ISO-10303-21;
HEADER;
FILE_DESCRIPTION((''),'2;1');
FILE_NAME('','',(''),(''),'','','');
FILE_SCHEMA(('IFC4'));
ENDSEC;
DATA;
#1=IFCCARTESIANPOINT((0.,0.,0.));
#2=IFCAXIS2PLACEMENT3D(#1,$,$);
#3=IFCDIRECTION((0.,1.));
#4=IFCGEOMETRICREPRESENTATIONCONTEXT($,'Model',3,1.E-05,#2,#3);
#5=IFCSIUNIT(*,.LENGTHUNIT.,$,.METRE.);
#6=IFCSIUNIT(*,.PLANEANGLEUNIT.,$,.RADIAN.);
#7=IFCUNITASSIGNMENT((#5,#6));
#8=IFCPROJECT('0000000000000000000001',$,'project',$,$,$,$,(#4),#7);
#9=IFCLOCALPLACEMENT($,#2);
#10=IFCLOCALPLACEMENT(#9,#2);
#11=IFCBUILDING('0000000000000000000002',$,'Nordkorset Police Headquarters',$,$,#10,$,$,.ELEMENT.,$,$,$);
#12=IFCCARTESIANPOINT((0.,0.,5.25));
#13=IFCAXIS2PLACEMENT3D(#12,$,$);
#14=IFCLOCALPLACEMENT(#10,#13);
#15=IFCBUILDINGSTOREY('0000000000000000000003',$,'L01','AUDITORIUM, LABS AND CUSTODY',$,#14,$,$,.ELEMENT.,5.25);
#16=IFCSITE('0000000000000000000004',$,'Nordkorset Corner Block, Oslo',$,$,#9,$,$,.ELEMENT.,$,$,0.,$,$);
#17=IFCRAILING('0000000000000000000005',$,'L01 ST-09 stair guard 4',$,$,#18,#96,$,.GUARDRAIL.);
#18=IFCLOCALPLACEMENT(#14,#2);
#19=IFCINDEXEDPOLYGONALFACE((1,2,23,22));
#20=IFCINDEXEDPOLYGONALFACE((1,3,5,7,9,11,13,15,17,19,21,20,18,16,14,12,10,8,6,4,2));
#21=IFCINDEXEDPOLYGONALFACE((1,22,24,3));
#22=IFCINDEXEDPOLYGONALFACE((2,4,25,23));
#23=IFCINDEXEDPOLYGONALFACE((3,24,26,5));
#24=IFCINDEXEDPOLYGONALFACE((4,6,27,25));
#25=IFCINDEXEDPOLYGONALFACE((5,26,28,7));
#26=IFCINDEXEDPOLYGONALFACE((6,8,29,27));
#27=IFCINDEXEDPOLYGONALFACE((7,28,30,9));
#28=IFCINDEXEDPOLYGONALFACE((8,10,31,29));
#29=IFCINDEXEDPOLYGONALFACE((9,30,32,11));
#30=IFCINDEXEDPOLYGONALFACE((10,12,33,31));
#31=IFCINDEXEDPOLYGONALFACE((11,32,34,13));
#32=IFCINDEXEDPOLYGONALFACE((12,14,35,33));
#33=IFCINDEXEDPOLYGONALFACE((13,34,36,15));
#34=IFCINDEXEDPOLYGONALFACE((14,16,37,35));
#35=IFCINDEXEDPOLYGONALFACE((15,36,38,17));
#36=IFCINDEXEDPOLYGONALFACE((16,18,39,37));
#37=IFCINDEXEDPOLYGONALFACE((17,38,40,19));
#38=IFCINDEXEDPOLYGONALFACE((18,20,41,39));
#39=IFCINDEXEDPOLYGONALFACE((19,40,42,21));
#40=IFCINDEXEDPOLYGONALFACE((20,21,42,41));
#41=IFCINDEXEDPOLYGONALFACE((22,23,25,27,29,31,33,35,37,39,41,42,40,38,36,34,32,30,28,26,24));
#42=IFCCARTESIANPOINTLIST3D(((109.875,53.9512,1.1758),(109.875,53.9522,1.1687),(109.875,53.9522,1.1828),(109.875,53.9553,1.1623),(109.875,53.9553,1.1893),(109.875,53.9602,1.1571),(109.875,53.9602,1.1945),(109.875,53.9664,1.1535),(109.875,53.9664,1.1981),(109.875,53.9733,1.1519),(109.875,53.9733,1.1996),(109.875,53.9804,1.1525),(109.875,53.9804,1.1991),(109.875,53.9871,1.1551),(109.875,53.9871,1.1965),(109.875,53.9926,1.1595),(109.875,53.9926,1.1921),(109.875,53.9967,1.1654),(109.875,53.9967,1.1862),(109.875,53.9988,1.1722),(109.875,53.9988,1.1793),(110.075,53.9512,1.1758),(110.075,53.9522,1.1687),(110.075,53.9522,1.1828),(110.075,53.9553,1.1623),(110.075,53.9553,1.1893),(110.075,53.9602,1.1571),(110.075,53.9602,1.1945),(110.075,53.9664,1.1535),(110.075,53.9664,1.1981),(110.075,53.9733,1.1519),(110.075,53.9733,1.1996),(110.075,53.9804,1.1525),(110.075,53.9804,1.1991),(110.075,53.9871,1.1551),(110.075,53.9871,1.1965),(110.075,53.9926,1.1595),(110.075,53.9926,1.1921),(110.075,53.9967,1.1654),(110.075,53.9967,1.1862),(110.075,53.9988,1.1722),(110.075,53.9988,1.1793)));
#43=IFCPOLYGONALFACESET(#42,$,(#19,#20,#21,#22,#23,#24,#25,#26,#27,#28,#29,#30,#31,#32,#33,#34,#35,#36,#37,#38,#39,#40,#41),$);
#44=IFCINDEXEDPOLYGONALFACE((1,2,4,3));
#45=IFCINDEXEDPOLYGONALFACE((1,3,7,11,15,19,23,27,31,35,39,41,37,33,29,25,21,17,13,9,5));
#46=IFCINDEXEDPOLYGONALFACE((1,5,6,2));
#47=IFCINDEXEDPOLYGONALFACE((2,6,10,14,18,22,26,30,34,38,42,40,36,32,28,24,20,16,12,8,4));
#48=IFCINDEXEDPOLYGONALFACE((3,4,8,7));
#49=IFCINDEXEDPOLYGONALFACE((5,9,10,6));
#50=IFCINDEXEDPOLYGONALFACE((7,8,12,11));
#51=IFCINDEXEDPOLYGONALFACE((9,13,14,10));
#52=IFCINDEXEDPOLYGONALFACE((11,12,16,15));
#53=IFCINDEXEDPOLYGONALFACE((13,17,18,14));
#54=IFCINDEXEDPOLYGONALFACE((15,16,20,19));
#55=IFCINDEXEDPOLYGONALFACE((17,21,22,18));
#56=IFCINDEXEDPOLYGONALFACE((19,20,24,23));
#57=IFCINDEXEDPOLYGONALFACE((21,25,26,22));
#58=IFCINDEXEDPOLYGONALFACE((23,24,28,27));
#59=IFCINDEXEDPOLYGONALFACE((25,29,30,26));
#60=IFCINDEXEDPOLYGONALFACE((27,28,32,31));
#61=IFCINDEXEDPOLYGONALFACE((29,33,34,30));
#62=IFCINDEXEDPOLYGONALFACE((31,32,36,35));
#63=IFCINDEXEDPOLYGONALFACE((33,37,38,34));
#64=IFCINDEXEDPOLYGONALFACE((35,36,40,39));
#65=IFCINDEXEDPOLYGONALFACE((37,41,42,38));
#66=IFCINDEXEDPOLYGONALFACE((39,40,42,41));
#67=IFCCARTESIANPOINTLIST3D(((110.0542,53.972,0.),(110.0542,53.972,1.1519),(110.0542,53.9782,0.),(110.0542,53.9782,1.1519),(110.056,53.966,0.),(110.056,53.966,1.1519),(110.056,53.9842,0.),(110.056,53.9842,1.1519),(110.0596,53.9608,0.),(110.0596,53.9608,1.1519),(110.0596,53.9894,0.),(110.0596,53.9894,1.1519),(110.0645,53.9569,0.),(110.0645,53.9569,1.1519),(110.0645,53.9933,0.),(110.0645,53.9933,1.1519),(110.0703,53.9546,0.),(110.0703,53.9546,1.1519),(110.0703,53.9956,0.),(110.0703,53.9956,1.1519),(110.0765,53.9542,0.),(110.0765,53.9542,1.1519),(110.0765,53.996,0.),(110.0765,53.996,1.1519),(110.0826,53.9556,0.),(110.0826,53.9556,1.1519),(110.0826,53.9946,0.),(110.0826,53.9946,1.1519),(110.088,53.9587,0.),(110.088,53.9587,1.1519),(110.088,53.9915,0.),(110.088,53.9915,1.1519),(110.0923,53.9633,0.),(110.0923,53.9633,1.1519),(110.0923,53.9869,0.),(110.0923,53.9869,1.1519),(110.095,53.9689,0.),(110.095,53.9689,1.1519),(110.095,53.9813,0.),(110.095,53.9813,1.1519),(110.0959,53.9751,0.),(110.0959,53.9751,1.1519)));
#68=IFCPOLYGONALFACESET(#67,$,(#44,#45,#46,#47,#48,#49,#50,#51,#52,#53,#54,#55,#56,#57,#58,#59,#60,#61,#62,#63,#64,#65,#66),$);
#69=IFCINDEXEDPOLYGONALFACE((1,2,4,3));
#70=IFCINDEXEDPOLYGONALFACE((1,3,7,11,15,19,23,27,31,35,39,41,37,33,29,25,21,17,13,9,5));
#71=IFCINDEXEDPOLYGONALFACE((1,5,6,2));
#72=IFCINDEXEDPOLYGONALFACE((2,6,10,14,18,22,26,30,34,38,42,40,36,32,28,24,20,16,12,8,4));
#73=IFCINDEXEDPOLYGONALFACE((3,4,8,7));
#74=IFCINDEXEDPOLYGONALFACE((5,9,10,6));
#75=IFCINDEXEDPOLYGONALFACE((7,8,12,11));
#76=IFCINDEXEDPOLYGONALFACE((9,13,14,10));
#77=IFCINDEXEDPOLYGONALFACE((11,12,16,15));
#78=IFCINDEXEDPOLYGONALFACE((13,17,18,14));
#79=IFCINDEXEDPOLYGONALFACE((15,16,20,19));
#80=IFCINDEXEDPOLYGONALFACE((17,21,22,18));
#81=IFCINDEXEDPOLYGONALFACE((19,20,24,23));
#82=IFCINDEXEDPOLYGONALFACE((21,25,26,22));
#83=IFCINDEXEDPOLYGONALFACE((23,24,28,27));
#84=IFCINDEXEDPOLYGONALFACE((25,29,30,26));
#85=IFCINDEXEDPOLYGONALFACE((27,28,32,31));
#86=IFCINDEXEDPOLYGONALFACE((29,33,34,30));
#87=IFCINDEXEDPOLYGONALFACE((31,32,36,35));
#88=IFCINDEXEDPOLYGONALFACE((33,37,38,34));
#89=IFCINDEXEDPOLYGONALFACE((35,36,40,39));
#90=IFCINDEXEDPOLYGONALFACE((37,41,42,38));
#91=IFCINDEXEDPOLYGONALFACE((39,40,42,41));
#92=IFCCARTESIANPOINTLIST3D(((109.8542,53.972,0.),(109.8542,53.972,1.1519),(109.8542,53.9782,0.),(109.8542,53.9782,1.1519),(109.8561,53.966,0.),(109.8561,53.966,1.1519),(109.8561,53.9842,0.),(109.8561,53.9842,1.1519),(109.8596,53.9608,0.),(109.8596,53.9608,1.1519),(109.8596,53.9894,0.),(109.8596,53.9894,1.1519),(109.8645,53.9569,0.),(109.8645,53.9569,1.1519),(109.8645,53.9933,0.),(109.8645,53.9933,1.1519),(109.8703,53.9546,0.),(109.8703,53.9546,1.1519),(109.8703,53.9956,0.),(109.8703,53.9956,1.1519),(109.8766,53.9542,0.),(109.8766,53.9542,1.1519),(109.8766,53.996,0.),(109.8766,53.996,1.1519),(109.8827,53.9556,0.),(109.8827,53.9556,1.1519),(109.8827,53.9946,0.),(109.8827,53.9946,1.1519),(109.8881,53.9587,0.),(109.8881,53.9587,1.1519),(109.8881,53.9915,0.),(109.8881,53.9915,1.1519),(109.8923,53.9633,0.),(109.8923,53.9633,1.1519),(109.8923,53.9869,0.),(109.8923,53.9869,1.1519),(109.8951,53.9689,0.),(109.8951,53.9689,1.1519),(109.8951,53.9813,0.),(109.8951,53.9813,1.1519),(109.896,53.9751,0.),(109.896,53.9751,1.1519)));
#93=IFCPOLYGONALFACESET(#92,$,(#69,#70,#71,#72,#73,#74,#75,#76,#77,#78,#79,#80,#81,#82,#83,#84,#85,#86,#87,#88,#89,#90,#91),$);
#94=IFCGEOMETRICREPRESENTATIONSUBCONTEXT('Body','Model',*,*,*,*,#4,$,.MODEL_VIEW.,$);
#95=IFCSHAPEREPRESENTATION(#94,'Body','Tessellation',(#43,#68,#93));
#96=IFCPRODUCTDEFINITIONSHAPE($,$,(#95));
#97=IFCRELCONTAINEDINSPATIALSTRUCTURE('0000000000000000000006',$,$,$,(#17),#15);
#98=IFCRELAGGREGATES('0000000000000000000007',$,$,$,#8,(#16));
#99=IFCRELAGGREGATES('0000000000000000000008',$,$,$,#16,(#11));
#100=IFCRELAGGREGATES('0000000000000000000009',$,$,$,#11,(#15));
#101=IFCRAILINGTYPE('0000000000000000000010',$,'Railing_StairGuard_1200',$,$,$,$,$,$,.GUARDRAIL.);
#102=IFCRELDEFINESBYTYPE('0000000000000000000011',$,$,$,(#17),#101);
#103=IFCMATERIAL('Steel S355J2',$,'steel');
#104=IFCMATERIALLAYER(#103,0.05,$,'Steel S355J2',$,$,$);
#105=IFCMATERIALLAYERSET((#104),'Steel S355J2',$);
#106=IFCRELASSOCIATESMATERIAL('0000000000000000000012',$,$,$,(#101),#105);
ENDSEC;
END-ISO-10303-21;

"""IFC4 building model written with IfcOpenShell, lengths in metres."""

from ifc_helpers import new_model, si_unit, direction, frame, origin, origin_2d, place, context, subcontext, project, spatial, circle, extrude, material, layer, layer_set, type_object, element, save


model = new_model("IFC4")

# Units and contexts
model_context = context("Model", 3, precision=1e-05, world=origin(), true_north=direction((0.0, 1.0)))
body_context = subcontext(model_context, "Body", "Model", "MODEL_VIEW")
ifc_project = project(units=[si_unit("LENGTHUNIT", "METRE"), si_unit("PLANEANGLEUNIT", "RADIAN")], contexts=[model_context])

# Site, building, storey
site_placement = place(None, origin())
site = spatial("IfcSite", under=ifc_project, at=site_placement, Name="Nordkorset Corner Block, Oslo", CompositionType="ELEMENT", RefElevation=0.0)
building_placement = place(site_placement, origin())
building = spatial("IfcBuilding", under=site, at=building_placement, Name="Nordkorset Police Headquarters", CompositionType="ELEMENT")
storey_placement = place(building_placement, frame((0.0, 0.0, 5.25)))
storey = spatial("IfcBuildingStorey", under=building, at=storey_placement, Name="L01", Description="AUDITORIUM, LABS AND CUSTODY", CompositionType="ELEMENT", Elevation=5.25)

# Railing
ifc_material_1 = material(Name="Steel S355J2", Category="steel")
ifc_layer_1 = layer(ifc_material_1, 0.05, Name="Steel S355J2")
ifc_layer_set_1 = layer_set([ifc_layer_1], Name="Steel S355J2")
railing_type_1 = type_object("IfcRailingType", Name="Railing_StairGuard_1200", PredefinedType="GUARDRAIL", material=ifc_layer_set_1)
railing_1_placement = place(storey_placement, frame((110.075, 53.9751, 0.0)))
element("IfcRailing", 1, at=railing_1_placement, inside=storey, type_object=railing_type_1, Name="L01 ST-09 stair guard 4", PredefinedType="GUARDRAIL", context=body_context, shape_type="SweptSolid", body=[
    extrude(circle(Radius=0.0239, at=origin_2d()), frame((0.0, 0.0, 1.1758), z_axis=(-1.0, 0.0, 0.0), x_axis=(0.0, -1.0, 0.0)), (0.0, 0.0, 1.0), 0.2),
    extrude(circle(Radius=0.021, at=origin_2d()), origin(), (0.0, 0.0, 1.0), 1.1519),
    extrude(circle(Radius=0.021, at=origin_2d()), frame((-0.2, 0.0, 0.0)), (0.0, 0.0, 1.0), 1.1519),
])

save(model, "model.ifc")
